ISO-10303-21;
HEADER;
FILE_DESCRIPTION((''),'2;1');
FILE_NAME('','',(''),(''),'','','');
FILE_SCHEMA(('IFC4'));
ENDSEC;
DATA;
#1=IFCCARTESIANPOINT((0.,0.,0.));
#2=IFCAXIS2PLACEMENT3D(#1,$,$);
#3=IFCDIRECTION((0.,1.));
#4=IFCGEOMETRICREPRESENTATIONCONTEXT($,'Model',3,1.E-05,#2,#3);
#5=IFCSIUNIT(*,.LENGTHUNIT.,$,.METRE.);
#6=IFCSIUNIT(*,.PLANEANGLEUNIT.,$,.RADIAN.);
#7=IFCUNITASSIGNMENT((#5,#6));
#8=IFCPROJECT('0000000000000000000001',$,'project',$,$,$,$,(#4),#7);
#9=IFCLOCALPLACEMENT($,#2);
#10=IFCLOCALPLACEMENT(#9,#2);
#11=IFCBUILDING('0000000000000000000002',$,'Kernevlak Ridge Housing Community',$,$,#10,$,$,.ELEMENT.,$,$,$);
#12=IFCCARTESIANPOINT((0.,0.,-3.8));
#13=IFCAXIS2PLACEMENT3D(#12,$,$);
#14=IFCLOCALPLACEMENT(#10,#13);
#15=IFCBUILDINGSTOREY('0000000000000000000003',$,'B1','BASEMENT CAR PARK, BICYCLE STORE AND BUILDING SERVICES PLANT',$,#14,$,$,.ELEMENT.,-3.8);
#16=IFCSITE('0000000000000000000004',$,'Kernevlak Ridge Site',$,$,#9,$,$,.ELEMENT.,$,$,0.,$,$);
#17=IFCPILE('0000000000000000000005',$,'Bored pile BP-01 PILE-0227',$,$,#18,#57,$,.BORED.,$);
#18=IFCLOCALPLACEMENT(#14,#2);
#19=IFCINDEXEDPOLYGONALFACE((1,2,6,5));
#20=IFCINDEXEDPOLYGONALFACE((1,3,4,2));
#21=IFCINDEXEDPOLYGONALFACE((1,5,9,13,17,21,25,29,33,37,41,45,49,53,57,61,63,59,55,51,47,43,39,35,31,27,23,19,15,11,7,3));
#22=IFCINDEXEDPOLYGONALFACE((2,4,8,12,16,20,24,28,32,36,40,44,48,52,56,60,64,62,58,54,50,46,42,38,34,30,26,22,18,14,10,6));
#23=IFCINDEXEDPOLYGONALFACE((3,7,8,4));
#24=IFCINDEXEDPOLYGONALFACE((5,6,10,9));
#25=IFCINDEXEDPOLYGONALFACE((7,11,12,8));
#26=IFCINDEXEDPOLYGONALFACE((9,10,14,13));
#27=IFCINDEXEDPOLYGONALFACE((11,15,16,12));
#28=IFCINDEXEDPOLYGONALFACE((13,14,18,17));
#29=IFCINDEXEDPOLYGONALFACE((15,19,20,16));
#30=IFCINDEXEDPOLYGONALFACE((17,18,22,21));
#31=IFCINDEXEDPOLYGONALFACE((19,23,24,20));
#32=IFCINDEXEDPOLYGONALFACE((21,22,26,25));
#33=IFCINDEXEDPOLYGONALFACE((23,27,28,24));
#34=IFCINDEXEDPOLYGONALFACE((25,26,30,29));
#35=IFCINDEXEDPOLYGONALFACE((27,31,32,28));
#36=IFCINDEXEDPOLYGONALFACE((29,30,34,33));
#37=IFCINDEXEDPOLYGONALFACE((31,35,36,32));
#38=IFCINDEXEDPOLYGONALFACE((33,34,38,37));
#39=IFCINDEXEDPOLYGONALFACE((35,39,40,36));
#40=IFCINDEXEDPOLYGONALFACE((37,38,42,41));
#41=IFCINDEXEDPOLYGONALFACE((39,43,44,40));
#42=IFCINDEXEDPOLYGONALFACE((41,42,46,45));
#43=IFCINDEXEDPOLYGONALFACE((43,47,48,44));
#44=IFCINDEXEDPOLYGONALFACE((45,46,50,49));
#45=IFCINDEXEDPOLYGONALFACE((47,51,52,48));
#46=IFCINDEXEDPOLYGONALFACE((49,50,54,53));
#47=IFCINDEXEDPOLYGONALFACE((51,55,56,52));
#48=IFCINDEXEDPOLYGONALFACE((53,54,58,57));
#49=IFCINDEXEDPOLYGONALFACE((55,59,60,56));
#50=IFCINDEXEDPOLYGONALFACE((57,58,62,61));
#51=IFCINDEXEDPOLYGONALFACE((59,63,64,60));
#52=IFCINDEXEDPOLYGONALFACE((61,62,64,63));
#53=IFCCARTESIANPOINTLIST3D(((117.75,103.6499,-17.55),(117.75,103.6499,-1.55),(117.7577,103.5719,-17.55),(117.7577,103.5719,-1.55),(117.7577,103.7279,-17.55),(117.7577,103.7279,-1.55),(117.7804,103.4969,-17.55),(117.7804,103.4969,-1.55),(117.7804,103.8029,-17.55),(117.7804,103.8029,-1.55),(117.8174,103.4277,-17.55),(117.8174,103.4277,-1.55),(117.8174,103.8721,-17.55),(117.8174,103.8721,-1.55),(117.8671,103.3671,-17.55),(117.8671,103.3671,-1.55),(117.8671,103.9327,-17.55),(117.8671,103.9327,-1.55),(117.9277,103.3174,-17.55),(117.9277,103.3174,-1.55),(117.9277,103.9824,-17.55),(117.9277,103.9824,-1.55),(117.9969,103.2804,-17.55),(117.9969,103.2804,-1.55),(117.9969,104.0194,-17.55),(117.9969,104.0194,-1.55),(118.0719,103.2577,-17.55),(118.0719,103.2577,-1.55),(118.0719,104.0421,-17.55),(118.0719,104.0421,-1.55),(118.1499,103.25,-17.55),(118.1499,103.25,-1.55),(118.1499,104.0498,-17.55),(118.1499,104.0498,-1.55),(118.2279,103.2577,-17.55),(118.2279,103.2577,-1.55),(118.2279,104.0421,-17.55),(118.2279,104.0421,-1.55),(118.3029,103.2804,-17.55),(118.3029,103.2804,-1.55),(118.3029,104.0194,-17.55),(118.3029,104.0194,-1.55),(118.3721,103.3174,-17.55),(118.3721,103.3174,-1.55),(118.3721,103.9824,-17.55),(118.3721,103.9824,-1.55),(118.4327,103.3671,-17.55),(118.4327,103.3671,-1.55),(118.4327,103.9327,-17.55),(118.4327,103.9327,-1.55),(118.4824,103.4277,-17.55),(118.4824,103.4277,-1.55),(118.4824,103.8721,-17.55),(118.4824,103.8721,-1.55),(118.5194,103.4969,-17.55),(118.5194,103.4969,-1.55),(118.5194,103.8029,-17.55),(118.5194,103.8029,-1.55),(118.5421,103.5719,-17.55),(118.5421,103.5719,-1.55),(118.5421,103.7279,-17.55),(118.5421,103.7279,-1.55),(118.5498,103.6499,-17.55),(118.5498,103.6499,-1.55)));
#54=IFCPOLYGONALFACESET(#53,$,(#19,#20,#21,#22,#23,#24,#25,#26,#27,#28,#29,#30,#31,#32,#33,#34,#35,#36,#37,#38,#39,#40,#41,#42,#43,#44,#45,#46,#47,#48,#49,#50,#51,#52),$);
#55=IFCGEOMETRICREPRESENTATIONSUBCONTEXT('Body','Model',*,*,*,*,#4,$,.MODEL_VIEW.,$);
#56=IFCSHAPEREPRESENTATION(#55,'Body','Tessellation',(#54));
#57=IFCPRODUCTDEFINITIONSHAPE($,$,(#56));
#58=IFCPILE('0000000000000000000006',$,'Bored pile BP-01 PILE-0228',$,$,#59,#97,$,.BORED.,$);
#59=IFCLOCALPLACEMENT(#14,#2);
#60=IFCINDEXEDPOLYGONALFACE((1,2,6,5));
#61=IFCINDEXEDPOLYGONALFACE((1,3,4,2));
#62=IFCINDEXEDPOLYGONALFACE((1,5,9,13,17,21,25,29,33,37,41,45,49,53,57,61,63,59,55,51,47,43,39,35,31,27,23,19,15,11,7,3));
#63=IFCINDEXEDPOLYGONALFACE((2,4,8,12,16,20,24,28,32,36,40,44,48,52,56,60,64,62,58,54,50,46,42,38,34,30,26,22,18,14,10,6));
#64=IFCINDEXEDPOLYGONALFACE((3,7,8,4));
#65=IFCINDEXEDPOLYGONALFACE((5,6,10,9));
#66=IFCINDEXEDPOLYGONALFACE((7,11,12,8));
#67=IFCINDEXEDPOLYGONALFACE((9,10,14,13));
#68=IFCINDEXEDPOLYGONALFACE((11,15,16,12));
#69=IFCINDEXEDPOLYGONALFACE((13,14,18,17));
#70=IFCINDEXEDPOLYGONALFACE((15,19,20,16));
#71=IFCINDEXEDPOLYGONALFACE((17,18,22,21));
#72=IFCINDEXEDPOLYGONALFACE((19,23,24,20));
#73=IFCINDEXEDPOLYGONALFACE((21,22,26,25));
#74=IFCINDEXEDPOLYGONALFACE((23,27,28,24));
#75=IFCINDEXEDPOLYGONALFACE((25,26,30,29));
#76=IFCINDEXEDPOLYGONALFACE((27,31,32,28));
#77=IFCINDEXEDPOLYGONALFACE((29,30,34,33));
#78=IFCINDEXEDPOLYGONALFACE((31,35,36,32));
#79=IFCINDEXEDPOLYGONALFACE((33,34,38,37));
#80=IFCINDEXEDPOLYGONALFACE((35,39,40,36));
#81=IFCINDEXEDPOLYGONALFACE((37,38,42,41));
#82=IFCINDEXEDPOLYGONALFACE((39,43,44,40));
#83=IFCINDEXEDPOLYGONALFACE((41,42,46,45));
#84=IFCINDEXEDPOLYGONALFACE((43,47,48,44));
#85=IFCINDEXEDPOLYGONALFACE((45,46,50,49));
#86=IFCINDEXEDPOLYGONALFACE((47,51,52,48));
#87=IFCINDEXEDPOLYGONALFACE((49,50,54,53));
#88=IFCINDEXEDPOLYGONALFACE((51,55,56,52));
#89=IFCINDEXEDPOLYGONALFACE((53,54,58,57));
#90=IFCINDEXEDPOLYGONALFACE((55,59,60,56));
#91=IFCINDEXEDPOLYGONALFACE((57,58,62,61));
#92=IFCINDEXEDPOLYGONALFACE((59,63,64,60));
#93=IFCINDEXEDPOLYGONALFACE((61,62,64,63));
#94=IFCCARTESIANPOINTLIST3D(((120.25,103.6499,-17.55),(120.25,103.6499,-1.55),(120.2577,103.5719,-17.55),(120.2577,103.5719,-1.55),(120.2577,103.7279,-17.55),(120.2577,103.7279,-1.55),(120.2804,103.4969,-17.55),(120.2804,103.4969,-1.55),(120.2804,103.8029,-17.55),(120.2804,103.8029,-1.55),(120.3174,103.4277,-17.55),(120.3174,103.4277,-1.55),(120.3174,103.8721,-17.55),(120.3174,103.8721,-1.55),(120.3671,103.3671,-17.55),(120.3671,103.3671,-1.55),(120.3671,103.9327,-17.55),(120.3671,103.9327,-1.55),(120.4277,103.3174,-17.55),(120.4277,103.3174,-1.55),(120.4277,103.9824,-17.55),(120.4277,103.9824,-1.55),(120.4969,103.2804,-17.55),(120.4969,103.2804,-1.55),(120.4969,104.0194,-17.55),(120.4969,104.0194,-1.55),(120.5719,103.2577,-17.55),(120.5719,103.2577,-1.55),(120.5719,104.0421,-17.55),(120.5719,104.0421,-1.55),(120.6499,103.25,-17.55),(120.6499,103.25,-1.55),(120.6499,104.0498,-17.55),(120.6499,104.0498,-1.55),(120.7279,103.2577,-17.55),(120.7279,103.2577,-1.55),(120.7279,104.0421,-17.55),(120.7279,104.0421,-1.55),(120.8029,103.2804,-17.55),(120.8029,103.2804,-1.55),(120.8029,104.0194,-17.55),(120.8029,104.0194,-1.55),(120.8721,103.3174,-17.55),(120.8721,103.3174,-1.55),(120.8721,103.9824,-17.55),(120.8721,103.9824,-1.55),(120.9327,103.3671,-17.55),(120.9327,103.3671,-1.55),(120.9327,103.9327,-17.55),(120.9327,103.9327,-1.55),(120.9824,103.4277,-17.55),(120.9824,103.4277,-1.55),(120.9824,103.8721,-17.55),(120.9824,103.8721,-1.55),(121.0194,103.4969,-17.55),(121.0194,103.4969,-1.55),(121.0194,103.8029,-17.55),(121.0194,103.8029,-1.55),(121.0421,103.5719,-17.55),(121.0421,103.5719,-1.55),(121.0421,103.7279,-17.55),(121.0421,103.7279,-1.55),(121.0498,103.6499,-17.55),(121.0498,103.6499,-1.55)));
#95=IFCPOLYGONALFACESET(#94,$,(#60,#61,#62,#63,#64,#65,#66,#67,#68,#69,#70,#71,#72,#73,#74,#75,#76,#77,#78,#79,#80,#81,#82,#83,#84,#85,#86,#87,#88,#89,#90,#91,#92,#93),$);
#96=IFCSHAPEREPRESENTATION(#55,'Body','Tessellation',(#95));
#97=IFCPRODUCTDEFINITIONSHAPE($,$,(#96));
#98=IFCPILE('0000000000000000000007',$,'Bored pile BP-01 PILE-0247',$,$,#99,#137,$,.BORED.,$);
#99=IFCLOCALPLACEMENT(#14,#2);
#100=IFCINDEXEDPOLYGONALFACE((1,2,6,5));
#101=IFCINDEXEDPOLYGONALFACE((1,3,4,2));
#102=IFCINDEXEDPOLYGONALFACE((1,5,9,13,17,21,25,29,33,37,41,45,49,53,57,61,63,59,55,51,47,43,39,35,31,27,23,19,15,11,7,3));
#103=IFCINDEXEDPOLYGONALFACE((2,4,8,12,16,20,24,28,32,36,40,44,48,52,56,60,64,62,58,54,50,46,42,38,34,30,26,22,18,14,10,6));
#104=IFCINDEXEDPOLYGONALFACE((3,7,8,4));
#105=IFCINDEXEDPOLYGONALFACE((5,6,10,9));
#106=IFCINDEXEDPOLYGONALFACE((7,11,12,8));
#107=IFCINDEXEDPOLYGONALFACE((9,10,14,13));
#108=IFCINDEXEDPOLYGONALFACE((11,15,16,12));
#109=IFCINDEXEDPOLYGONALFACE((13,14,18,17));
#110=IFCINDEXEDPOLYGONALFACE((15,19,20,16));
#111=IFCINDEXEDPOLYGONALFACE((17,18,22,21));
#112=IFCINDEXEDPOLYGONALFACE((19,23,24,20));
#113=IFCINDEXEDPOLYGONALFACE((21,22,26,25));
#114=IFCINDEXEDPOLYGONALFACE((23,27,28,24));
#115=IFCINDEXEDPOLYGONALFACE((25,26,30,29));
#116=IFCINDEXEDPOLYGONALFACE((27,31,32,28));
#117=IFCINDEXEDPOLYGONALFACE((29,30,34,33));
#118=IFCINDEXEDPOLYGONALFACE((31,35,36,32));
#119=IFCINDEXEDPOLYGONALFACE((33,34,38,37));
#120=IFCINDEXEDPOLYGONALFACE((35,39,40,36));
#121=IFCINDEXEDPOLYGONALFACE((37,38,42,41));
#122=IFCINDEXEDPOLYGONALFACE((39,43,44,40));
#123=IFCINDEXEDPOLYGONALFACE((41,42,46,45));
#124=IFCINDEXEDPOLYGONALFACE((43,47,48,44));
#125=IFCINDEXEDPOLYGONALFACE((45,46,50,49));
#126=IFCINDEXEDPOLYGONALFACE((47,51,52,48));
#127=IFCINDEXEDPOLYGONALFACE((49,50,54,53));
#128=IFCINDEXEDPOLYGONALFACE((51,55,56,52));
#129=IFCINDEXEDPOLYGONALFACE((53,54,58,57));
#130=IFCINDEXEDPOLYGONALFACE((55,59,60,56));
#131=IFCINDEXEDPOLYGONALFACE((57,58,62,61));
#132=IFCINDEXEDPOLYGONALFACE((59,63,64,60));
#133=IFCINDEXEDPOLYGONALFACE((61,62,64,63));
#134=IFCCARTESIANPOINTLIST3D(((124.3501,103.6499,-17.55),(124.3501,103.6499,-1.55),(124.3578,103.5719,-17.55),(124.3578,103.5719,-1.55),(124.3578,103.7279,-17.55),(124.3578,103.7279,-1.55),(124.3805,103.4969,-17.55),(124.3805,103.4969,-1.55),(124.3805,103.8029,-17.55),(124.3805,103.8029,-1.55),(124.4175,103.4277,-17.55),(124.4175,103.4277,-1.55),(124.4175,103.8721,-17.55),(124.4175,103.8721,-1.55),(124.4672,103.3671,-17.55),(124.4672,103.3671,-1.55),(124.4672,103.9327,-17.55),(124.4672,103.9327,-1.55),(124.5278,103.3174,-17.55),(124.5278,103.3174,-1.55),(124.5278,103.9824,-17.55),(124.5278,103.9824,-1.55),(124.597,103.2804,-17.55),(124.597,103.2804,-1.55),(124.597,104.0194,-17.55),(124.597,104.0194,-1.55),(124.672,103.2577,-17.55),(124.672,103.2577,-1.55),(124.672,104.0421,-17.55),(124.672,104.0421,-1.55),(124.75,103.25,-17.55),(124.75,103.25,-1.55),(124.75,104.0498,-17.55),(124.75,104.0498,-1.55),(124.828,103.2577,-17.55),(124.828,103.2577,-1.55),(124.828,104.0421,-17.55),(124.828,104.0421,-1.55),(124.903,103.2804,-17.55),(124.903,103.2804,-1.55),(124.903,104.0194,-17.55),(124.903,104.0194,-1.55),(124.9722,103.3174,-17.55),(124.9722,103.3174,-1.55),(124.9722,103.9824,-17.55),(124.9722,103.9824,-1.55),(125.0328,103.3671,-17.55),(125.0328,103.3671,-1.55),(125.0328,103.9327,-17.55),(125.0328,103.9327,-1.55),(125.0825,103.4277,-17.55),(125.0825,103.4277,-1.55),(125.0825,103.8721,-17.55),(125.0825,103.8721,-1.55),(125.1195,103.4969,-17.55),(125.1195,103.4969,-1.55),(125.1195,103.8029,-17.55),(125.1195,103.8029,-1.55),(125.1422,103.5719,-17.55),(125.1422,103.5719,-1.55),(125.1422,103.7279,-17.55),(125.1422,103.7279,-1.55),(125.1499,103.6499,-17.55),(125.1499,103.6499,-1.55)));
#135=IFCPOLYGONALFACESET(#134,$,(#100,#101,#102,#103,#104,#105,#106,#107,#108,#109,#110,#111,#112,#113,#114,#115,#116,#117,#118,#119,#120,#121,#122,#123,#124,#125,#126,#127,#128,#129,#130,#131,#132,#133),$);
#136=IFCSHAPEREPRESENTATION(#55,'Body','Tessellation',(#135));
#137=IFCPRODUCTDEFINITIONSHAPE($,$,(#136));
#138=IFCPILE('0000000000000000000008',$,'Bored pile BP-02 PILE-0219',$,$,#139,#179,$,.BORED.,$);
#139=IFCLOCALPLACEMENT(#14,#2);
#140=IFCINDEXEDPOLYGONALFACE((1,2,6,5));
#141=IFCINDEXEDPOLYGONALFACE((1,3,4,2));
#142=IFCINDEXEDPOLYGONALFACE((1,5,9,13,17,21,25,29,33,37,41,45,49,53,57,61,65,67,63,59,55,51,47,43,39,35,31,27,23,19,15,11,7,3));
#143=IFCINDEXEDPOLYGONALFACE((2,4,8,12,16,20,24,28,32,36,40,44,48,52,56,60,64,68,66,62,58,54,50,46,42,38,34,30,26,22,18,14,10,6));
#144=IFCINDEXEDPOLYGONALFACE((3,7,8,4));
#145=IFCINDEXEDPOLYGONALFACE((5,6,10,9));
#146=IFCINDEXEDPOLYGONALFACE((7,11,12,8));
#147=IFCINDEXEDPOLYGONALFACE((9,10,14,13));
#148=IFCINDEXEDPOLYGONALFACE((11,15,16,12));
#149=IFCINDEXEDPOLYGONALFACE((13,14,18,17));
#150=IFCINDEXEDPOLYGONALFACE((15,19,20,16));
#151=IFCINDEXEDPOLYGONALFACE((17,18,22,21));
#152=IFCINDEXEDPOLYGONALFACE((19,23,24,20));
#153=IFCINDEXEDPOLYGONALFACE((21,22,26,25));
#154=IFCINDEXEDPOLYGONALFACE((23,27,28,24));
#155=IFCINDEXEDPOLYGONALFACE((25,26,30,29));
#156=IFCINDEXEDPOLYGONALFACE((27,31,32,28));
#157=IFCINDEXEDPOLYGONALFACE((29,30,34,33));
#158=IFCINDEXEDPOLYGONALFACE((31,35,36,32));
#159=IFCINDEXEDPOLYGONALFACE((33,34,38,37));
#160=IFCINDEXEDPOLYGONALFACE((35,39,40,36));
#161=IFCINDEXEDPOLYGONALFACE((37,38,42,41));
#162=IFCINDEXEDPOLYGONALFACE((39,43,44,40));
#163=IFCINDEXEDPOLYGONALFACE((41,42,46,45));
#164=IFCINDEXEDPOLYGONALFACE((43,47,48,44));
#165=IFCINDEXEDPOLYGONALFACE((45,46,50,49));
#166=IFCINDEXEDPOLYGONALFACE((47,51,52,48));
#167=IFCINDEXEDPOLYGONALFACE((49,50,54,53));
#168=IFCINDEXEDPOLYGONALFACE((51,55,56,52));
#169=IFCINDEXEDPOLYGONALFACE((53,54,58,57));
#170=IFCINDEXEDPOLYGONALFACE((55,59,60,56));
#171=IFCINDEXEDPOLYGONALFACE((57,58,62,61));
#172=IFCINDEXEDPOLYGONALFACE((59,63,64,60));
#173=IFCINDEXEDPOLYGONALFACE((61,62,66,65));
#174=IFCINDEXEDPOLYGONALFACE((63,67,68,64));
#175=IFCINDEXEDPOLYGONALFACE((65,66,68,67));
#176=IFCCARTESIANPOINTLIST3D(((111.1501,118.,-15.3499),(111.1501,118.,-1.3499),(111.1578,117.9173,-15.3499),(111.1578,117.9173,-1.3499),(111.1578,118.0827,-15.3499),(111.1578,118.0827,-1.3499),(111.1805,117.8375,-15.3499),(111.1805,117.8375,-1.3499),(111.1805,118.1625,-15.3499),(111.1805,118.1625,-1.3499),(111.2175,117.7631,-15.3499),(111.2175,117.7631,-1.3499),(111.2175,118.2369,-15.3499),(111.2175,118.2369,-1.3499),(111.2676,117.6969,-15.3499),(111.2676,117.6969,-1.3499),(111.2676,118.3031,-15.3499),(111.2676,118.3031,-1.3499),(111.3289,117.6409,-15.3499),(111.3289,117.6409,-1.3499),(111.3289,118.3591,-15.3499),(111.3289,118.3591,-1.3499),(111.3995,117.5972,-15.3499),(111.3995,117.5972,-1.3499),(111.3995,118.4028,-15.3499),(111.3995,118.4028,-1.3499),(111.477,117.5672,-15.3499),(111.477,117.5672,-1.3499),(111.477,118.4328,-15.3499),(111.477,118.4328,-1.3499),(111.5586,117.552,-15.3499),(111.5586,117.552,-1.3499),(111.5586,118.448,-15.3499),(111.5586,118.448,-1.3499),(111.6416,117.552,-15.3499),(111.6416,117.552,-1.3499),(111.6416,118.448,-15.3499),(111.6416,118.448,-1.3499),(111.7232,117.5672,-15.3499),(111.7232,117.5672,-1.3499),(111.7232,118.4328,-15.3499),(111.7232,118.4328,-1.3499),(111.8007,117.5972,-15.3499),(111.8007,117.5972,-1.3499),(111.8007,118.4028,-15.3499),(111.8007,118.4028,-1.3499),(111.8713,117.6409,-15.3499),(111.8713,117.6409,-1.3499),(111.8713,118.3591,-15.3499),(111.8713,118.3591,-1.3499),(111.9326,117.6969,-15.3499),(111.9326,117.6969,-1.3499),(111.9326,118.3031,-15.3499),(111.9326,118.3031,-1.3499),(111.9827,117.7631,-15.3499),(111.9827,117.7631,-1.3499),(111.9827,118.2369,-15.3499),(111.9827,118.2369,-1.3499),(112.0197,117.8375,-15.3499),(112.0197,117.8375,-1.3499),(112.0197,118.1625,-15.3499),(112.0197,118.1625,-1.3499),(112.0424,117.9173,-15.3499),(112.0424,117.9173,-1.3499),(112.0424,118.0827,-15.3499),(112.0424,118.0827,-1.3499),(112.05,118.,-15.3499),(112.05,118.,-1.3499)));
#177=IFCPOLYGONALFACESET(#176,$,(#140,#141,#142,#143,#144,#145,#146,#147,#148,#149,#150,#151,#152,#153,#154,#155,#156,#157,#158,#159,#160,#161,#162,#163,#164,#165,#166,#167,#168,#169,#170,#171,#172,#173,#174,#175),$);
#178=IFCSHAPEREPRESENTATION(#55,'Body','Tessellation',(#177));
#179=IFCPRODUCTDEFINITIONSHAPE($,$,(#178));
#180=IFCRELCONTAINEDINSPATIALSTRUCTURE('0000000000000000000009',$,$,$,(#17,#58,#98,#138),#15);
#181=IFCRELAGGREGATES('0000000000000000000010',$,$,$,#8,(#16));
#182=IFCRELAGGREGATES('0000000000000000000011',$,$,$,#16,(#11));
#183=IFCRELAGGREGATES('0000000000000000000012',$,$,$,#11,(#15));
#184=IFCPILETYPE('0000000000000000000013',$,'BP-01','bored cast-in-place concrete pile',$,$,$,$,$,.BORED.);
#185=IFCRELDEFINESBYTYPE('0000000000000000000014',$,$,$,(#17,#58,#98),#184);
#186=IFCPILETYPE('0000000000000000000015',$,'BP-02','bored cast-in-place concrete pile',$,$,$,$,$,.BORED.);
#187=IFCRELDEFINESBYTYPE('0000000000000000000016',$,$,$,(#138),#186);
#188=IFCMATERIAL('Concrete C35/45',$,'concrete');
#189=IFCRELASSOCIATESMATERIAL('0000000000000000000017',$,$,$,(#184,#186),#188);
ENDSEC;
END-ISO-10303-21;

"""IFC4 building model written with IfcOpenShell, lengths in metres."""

from ifc_helpers import new_model, si_unit, direction, frame, origin, origin_2d, place, context, subcontext, project, spatial, circle, extrude, material, material_profile, profile_set, type_object, element, save


model = new_model("IFC4")

# Units and contexts
model_context = context("Model", 3, precision=1e-05, world=origin(), true_north=direction((0.0, 1.0)))
body_context = subcontext(model_context, "Body", "Model", "MODEL_VIEW")
ifc_project = project(units=[si_unit("LENGTHUNIT", "METRE"), si_unit("PLANEANGLEUNIT", "RADIAN")], contexts=[model_context])

# Site, building, storey
site_placement = place(None, origin())
site = spatial("IfcSite", under=ifc_project, at=site_placement, Name="Kernevlak Ridge Site", CompositionType="ELEMENT", RefElevation=0.0)
building_placement = place(site_placement, origin())
building = spatial("IfcBuilding", under=site, at=building_placement, Name="Kernevlak Ridge Housing Community", CompositionType="ELEMENT")
storey_placement = place(building_placement, frame((0.0, 0.0, -3.8)))
storey = spatial("IfcBuildingStorey", under=building, at=storey_placement, Name="B1", Description="BASEMENT CAR PARK, BICYCLE STORE AND BUILDING SERVICES PLANT", CompositionType="ELEMENT", Elevation=-3.8)

# Piles
ifc_material_1 = material(Name="Concrete C35/45", Category="concrete")
ifc_material_profile_1 = material_profile(ifc_material_1, circle(Radius=0.3999, at=origin_2d()), Name="BORED PILE 800")
ifc_profile_set_1 = profile_set([ifc_material_profile_1], Name="Concrete C35/45")
pile_type_1 = type_object("IfcPileType", Name="BP-01", Description="bored cast-in-place concrete pile", PredefinedType="BORED", material=ifc_profile_set_1)
for number, where, z_axis, x_axis, name in (
    (1, (118.1499, 103.6499, -1.55), (0.0, 0.0, -1.0), (1.0, 0.0, 0.0), "Bored pile BP-01 PILE-0227"),
    (2, (120.6499, 103.6499, -1.55), (0.0, 0.0, -1.0), (1.0, 0.0, 0.0), "Bored pile BP-01 PILE-0228"),
    (3, (124.75, 103.6499, -1.55), (0.0, 0.0, -1.0), (1.0, 0.0, 0.0), "Bored pile BP-01 PILE-0247"),
):
    element("IfcPile", number, at=place(storey_placement, frame(where, z_axis=z_axis, x_axis=x_axis)), inside=storey, type_object=pile_type_1, Name=name, PredefinedType="BORED", context=body_context, shape_type="SweptSolid", body=[
        extrude(circle(Radius=0.3999, at=origin_2d()), origin(), (0.0, 0.0, 1.0), 16.0),
    ])
ifc_material_profile_2 = material_profile(ifc_material_1, circle(Radius=0.45, at=origin_2d()), Name="BORED PILE 900")
ifc_profile_set_2 = profile_set([ifc_material_profile_2], Name="Concrete C35/45")
pile_type_2 = type_object("IfcPileType", Name="BP-02", Description="bored cast-in-place concrete pile", PredefinedType="BORED", material=ifc_profile_set_2)
for number, where, z_axis, x_axis, name in (
    (4, (111.6001, 118.0, -1.3499), (0.0, 0.0, -1.0), (1.0, 0.0, 0.0), "Bored pile BP-02 PILE-0219"),
):
    element("IfcPile", number, at=place(storey_placement, frame(where, z_axis=z_axis, x_axis=x_axis)), inside=storey, type_object=pile_type_2, Name=name, PredefinedType="BORED", context=body_context, shape_type="SweptSolid", body=[
        extrude(circle(Radius=0.45, at=origin_2d()), origin(), (0.0, 0.0, 1.0), 14.0),
    ])

save(model, "model.ifc")
